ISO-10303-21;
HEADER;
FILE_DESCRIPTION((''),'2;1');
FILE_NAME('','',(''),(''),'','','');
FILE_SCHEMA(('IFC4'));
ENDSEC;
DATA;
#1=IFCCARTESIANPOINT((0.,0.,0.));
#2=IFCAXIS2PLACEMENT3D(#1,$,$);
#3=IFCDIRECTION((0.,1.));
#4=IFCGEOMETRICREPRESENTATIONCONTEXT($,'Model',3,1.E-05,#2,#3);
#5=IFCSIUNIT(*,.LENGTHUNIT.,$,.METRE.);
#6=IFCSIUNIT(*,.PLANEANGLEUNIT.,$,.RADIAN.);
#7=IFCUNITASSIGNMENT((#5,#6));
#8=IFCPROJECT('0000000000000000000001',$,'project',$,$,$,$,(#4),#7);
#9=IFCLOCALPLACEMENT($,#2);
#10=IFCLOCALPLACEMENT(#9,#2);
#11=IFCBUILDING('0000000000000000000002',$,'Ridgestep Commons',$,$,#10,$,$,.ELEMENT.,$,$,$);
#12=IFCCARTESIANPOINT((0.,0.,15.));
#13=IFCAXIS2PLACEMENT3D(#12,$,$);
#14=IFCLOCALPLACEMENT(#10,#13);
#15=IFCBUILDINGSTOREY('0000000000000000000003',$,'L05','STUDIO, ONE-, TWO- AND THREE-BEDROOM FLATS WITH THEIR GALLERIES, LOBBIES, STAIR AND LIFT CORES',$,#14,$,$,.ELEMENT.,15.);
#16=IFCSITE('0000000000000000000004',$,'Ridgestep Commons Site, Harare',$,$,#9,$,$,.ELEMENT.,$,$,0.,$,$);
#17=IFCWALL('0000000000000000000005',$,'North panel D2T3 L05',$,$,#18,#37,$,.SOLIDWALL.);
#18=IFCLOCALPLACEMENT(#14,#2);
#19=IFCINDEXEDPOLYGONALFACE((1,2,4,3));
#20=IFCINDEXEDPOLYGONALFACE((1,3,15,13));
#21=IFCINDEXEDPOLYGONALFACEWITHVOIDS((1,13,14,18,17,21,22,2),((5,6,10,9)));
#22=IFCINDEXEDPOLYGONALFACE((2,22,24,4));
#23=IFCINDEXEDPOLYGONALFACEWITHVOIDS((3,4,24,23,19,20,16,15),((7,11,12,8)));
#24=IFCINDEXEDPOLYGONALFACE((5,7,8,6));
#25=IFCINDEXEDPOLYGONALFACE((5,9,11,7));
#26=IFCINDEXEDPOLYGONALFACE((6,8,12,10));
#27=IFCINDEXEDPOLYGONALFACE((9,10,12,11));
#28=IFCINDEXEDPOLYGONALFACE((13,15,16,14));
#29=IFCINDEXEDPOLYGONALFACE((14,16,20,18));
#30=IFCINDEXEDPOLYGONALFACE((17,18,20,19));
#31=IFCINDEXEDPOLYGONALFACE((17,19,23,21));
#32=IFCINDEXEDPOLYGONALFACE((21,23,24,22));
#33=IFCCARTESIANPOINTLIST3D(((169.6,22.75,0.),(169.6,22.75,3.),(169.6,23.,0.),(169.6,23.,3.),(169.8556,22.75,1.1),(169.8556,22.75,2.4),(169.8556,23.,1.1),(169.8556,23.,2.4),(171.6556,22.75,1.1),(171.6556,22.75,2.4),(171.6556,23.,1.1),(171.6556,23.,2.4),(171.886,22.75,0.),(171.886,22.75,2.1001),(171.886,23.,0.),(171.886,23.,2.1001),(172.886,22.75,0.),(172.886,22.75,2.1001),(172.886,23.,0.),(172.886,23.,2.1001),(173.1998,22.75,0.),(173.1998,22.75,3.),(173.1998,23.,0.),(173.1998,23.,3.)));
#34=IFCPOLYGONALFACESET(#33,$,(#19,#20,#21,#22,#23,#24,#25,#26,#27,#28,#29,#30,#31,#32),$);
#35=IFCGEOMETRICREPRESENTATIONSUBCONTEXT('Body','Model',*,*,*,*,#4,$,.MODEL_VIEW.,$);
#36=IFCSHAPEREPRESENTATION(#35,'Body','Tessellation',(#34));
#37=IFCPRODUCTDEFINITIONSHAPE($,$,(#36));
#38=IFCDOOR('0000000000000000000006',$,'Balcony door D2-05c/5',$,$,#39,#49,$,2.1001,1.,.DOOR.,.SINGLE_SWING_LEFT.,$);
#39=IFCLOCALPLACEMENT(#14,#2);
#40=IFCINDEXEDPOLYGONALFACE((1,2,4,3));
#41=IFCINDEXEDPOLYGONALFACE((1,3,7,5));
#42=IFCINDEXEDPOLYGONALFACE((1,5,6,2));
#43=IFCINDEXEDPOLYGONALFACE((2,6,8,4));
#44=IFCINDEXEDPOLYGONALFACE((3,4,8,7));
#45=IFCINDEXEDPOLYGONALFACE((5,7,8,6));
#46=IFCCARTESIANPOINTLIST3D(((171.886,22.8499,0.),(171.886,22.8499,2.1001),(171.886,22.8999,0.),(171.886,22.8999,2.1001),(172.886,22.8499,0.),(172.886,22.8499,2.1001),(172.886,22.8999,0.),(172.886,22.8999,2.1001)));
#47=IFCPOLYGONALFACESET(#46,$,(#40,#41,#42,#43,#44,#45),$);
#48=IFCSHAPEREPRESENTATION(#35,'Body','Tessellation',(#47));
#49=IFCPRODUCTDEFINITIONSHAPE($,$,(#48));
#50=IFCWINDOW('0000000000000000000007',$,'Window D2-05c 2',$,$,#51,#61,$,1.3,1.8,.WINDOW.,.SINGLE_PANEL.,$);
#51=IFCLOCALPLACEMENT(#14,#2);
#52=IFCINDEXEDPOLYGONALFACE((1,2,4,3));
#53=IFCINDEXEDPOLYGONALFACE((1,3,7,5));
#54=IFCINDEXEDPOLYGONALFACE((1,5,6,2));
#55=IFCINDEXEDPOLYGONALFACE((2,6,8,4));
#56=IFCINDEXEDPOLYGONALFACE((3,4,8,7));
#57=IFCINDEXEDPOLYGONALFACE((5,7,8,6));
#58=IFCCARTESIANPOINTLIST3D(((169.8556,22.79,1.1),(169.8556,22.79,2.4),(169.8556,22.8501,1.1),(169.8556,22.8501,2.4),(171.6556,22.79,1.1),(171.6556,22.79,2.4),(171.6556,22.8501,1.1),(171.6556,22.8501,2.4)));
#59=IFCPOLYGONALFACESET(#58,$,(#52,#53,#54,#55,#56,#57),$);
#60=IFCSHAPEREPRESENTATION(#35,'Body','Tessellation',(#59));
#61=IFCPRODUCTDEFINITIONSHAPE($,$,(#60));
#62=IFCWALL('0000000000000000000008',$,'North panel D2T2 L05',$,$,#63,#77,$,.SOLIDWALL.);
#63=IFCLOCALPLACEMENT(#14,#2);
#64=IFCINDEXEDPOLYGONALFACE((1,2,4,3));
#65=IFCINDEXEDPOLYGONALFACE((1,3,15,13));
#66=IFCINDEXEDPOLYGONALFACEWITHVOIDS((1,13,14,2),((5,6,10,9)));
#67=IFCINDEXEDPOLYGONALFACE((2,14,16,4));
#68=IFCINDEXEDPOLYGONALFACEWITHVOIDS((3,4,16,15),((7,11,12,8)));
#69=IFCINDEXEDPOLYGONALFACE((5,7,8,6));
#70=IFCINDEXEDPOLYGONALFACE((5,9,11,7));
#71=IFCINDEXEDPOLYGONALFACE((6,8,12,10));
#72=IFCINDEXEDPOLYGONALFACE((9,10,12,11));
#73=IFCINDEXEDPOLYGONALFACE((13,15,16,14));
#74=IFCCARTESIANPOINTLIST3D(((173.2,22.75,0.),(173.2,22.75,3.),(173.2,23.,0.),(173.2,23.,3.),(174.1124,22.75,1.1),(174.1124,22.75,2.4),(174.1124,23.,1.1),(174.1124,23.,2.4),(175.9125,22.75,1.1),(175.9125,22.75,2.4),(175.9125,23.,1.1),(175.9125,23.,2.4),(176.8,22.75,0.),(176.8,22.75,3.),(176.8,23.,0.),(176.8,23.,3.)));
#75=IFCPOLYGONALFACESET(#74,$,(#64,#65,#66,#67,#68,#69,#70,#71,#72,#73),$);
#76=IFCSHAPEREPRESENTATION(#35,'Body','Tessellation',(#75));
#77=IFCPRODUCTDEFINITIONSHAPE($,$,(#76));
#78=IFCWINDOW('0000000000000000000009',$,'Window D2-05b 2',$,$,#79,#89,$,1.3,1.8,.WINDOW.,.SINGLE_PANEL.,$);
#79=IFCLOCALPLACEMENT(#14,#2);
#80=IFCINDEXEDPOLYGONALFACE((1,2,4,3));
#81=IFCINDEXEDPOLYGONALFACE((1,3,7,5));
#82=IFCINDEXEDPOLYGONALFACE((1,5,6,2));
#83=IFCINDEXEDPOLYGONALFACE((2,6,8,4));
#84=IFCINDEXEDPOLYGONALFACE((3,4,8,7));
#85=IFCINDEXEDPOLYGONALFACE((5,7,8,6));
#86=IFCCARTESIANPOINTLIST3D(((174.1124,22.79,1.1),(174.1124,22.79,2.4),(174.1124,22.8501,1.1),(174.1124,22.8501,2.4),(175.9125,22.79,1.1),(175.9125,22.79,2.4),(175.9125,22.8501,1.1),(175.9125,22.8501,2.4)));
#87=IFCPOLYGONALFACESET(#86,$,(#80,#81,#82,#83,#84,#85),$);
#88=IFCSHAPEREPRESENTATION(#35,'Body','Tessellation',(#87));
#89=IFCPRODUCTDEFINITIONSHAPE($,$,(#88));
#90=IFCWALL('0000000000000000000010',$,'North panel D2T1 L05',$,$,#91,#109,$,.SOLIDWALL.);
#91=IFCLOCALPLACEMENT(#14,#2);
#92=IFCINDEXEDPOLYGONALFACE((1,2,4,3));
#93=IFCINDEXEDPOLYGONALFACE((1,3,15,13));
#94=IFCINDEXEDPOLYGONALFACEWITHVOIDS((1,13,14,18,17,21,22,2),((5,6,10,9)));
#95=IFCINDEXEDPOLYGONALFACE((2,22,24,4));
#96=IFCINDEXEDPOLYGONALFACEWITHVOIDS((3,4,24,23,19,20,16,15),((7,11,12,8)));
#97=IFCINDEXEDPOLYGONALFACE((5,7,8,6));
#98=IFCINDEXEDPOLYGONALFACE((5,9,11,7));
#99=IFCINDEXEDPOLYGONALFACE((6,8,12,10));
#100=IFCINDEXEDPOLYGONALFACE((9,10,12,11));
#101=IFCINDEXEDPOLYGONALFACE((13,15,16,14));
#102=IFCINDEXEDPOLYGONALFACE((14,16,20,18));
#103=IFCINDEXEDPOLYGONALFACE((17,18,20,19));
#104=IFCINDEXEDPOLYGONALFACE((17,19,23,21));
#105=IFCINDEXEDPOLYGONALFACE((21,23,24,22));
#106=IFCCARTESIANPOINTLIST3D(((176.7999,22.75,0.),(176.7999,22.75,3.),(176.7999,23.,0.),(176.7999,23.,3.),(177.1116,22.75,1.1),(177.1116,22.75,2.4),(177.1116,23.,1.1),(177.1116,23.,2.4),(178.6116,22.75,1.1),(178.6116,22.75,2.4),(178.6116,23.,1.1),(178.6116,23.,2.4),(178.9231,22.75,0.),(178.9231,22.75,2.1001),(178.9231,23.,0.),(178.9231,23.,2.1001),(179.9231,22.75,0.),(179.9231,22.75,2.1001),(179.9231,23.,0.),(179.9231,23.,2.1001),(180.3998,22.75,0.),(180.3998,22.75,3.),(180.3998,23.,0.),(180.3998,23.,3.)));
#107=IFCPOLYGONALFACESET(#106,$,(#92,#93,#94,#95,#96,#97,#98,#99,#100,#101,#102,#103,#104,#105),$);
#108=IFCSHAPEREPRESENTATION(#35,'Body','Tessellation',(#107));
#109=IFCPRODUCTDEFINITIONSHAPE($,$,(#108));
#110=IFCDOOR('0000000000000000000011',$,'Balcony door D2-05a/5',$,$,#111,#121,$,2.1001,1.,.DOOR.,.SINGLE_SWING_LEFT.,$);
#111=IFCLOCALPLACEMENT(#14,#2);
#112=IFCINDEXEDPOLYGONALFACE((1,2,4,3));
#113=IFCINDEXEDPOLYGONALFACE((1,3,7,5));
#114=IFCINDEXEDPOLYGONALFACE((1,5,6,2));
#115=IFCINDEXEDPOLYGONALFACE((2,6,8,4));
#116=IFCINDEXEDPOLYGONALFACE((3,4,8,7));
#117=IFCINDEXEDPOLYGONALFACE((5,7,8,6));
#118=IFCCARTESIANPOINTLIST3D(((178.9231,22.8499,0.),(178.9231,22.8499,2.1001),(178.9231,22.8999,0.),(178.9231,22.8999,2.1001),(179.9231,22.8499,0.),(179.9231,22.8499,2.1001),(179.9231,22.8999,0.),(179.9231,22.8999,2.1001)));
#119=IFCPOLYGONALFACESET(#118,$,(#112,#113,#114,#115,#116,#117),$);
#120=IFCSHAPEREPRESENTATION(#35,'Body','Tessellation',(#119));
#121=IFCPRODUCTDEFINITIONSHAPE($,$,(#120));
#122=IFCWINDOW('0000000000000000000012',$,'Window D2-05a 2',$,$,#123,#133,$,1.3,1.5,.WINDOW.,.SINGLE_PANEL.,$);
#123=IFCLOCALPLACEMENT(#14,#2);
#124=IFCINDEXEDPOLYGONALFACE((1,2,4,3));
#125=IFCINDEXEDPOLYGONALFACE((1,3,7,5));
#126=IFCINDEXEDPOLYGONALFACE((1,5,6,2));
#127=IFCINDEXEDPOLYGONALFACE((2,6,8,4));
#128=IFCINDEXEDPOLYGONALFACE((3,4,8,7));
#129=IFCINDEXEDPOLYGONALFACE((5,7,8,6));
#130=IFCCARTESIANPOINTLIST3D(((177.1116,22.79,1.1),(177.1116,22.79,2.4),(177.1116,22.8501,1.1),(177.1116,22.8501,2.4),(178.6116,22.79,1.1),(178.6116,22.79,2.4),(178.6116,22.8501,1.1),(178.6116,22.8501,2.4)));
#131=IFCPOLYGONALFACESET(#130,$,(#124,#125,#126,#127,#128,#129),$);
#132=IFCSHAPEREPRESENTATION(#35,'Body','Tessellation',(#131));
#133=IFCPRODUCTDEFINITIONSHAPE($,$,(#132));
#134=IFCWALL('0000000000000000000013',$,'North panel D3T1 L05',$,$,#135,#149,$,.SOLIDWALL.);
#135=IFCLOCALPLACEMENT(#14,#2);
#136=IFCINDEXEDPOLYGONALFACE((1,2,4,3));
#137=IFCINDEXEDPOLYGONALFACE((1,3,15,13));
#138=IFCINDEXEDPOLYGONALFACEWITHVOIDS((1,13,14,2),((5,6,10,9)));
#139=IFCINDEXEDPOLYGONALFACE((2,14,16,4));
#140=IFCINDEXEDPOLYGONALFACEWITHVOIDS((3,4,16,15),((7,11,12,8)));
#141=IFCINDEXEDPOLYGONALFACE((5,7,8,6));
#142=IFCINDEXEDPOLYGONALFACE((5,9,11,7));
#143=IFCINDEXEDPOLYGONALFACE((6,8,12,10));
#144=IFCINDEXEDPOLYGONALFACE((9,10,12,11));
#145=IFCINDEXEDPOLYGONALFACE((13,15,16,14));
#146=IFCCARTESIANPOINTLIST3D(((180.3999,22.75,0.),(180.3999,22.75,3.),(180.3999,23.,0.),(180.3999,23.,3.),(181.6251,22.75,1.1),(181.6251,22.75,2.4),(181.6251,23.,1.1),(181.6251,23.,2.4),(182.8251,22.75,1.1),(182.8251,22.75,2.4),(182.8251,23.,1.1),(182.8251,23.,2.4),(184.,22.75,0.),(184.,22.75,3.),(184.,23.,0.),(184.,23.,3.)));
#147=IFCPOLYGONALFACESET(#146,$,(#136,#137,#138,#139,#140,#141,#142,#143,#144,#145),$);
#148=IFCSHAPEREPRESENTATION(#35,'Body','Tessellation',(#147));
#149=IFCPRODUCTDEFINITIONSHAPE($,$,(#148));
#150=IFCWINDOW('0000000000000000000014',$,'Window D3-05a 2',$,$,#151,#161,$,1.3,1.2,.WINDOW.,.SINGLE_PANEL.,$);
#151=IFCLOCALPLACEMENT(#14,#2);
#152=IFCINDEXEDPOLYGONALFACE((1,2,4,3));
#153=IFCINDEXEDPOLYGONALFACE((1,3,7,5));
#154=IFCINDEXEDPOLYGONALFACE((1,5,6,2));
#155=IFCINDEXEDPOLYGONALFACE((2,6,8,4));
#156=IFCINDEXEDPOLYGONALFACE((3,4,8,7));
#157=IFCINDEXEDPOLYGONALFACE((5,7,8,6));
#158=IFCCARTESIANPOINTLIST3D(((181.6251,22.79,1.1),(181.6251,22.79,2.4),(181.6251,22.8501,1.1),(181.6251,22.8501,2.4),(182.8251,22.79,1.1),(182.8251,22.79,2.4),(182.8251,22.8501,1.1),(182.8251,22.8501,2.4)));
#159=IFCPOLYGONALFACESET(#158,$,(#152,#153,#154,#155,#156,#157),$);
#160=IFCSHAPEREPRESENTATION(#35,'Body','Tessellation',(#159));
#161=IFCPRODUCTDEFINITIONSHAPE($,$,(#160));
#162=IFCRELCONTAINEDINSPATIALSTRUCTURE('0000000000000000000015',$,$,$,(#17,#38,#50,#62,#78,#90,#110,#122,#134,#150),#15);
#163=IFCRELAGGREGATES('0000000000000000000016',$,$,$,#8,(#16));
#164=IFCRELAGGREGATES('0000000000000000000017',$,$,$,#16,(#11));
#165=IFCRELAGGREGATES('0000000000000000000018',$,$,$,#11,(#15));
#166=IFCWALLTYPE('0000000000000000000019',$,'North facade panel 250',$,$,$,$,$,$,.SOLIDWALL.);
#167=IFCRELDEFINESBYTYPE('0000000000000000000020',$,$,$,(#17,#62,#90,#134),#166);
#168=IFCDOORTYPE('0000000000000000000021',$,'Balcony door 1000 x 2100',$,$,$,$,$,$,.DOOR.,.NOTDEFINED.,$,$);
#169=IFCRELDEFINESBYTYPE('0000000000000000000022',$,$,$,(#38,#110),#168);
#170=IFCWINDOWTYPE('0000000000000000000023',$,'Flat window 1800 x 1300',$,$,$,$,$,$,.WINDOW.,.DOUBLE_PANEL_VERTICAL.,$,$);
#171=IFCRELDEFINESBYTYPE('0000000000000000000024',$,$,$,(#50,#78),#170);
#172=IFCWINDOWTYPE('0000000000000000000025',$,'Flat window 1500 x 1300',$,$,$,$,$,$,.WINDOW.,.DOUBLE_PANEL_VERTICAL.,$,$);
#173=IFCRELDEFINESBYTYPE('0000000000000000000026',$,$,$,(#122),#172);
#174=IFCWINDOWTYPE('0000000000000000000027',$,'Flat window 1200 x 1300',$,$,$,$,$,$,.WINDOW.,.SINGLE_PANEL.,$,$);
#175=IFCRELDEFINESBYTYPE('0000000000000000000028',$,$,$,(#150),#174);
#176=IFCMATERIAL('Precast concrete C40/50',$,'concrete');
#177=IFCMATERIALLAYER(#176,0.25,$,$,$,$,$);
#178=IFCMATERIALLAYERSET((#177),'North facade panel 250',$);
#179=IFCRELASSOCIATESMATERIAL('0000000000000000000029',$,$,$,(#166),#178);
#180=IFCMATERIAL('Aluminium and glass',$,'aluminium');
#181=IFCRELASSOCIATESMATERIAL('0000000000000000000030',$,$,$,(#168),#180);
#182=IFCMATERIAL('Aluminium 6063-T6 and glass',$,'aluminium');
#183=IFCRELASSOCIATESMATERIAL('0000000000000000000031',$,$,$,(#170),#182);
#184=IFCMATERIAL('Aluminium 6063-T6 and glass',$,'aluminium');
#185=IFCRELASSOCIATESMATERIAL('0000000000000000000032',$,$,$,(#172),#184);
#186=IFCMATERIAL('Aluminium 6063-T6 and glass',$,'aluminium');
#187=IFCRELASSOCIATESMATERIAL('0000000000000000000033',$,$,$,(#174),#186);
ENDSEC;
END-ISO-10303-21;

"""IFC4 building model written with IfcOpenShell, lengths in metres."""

from ifc_helpers import new_model, si_unit, direction, frame, frame_2d, origin, place, context, subcontext, project, spatial, rectangle, extrude, material, layer, layer_set, type_object, element, fill, save


model = new_model("IFC4")

# Units and contexts
model_context = context("Model", 3, precision=1e-05, world=origin(), true_north=direction((0.0, 1.0)))
body_context = subcontext(model_context, "Body", "Model", "MODEL_VIEW")
ifc_project = project(units=[si_unit("LENGTHUNIT", "METRE"), si_unit("PLANEANGLEUNIT", "RADIAN")], contexts=[model_context])

# Site, building, storey
site_placement = place(None, origin())
site = spatial("IfcSite", under=ifc_project, at=site_placement, Name="Ridgestep Commons Site, Harare", CompositionType="ELEMENT", RefElevation=0.0)
building_placement = place(site_placement, origin())
building = spatial("IfcBuilding", under=site, at=building_placement, Name="Ridgestep Commons", CompositionType="ELEMENT")
storey_placement = place(building_placement, frame((0.0, 0.0, 15.0)))
storey = spatial("IfcBuildingStorey", under=building, at=storey_placement, Name="L05", Description="STUDIO, ONE-, TWO- AND THREE-BEDROOM FLATS WITH THEIR GALLERIES, LOBBIES, STAIR AND LIFT CORES", CompositionType="ELEMENT", Elevation=15.0)

# Shared definitions
ifc_material_1 = material(Name="Precast concrete C40/50", Category="concrete")
ifc_layer_1 = layer(ifc_material_1, 0.25)
ifc_layer_set_1 = layer_set([ifc_layer_1], Name="North facade panel 250")
wall_type = type_object("IfcWallType", Name="North facade panel 250", PredefinedType="SOLIDWALL", material=ifc_layer_set_1)

# Wall, openings, door, window
wall_1_placement = place(storey_placement, frame((169.6001, 22.875, 0.0), z_axis=(0.0, 0.0, 1.0), x_axis=(1.0, 0.0, 0.0)))
wall_1 = element("IfcWall", 1, at=wall_1_placement, inside=storey, type_object=wall_type, Name="North panel D2T3 L05", PredefinedType="SOLIDWALL", context=body_context, shape_type="SweptSolid", body=[
    extrude(rectangle(XDim=3.5999, YDim=0.25, at=frame_2d((1.7998, 0.0))), origin(), (0.0, 0.0, 1.0), 3.0),
])
opening_1_placement = place(wall_1_placement, frame((0.2556, 0.0, 1.1001)))
opening_1 = element("IfcOpeningElement", 2, at=opening_1_placement, cuts=wall_1, PredefinedType="OPENING", context=body_context, shape_type="SweptSolid", body=[
    extrude(rectangle(XDim=1.8, YDim=1.3, at=frame_2d((0.8999, 0.6499))), frame((0.0, 0.135, 0.0), z_axis=(0.0, -1.0, 0.0), x_axis=(1.0, 0.0, 0.0)), (0.0, 0.0, 1.0), 0.27),
])
opening_2_placement = place(wall_1_placement, frame((2.2859, 0.0, 0.0)))
opening_2 = element("IfcOpeningElement", 3, at=opening_2_placement, cuts=wall_1, PredefinedType="OPENING", context=body_context, shape_type="SweptSolid", body=[
    extrude(rectangle(XDim=1.0, YDim=2.1001, at=frame_2d((0.5, 1.05))), frame((0.0, 0.135, 0.0), z_axis=(0.0, -1.0, 0.0), x_axis=(1.0, 0.0, 0.0)), (0.0, 0.0, 1.0), 0.27),
])
ifc_material_2 = material(Name="Aluminium and glass", Category="aluminium")
door_type = type_object("IfcDoorType", Name="Balcony door 1000 x 2100", OperationType="NOTDEFINED", PredefinedType="DOOR", material=ifc_material_2)
door_1_placement = place(opening_2_placement, origin())
door_1 = element("IfcDoor", 4, at=door_1_placement, inside=storey, type_object=door_type, Name="Balcony door D2-05c/5", OperationType="SINGLE_SWING_LEFT", OverallHeight=2.1001, OverallWidth=1.0, PredefinedType="DOOR", context=body_context, shape_type="SweptSolid", body=[
    extrude(rectangle(XDim=1.0, YDim=2.1001, at=frame_2d((0.5, 1.05))), frame((0.0, 0.0249, 0.0), z_axis=(0.0, -1.0, 0.0), x_axis=(1.0, 0.0, 0.0)), (0.0, 0.0, 1.0), 0.05),
])
fill(opening_2, door_1)
ifc_material_3 = material(Name="Aluminium 6063-T6 and glass", Category="aluminium")
window_type_1 = type_object("IfcWindowType", Name="Flat window 1800 x 1300", PartitioningType="DOUBLE_PANEL_VERTICAL", PredefinedType="WINDOW", material=ifc_material_3)
window_1_placement = place(opening_1_placement, origin())
window_1 = element("IfcWindow", 5, at=window_1_placement, inside=storey, type_object=window_type_1, Name="Window D2-05c 2", OverallHeight=1.3, OverallWidth=1.8, PartitioningType="SINGLE_PANEL", PredefinedType="WINDOW", context=body_context, shape_type="SweptSolid", body=[
    extrude(rectangle(XDim=1.8, YDim=1.3, at=frame_2d((0.8999, 0.6499))), frame((0.0, -0.0249, 0.0), z_axis=(0.0, -1.0, 0.0), x_axis=(1.0, 0.0, 0.0)), (0.0, 0.0, 1.0), 0.0601),
])
fill(opening_1, window_1)

# Wall, opening, window
wall_2_placement = place(storey_placement, frame((173.2, 22.875, 0.0), z_axis=(0.0, 0.0, 1.0), x_axis=(1.0, 0.0, 0.0)))
wall_2 = element("IfcWall", 6, at=wall_2_placement, inside=storey, type_object=wall_type, Name="North panel D2T2 L05", PredefinedType="SOLIDWALL", context=body_context, shape_type="SweptSolid", body=[
    extrude(rectangle(XDim=3.6001, YDim=0.25, at=frame_2d((1.8, 0.0))), origin(), (0.0, 0.0, 1.0), 3.0),
])
opening_3_placement = place(wall_2_placement, frame((0.9126, 0.0, 1.1001)))
opening_3 = element("IfcOpeningElement", 7, at=opening_3_placement, cuts=wall_2, PredefinedType="OPENING", context=body_context, shape_type="SweptSolid", body=[
    extrude(rectangle(XDim=1.8, YDim=1.3, at=frame_2d((0.8999, 0.6499))), frame((0.0, 0.135, 0.0), z_axis=(0.0, -1.0, 0.0), x_axis=(1.0, 0.0, 0.0)), (0.0, 0.0, 1.0), 0.27),
])
window_2_placement = place(opening_3_placement, origin())
window_2 = element("IfcWindow", 8, at=window_2_placement, inside=storey, type_object=window_type_1, Name="Window D2-05b 2", OverallHeight=1.3, OverallWidth=1.8, PartitioningType="SINGLE_PANEL", PredefinedType="WINDOW", context=body_context, shape_type="SweptSolid", body=[
    extrude(rectangle(XDim=1.8, YDim=1.3, at=frame_2d((0.8999, 0.6499))), frame((0.0, -0.0249, 0.0), z_axis=(0.0, -1.0, 0.0), x_axis=(1.0, 0.0, 0.0)), (0.0, 0.0, 1.0), 0.0601),
])
fill(opening_3, window_2)

# Wall, openings, door, window
wall_3_placement = place(storey_placement, frame((176.8, 22.875, 0.0), z_axis=(0.0, 0.0, 1.0), x_axis=(1.0, 0.0, 0.0)))
wall_3 = element("IfcWall", 9, at=wall_3_placement, inside=storey, type_object=wall_type, Name="North panel D2T1 L05", PredefinedType="SOLIDWALL", context=body_context, shape_type="SweptSolid", body=[
    extrude(rectangle(XDim=3.5999, YDim=0.25, at=frame_2d((1.7998, 0.0))), origin(), (0.0, 0.0, 1.0), 3.0),
])
opening_4_placement = place(wall_3_placement, frame((0.3115, 0.0, 1.1001)))
opening_4 = element("IfcOpeningElement", 10, at=opening_4_placement, cuts=wall_3, PredefinedType="OPENING", context=body_context, shape_type="SweptSolid", body=[
    extrude(rectangle(XDim=1.5, YDim=1.3, at=frame_2d((0.75, 0.6499))), frame((0.0, 0.135, 0.0), z_axis=(0.0, -1.0, 0.0), x_axis=(1.0, 0.0, 0.0)), (0.0, 0.0, 1.0), 0.27),
])
opening_5_placement = place(wall_3_placement, frame((2.123, 0.0, 0.0)))
opening_5 = element("IfcOpeningElement", 11, at=opening_5_placement, cuts=wall_3, PredefinedType="OPENING", context=body_context, shape_type="SweptSolid", body=[
    extrude(rectangle(XDim=1.0, YDim=2.1001, at=frame_2d((0.5, 1.05))), frame((0.0, 0.135, 0.0), z_axis=(0.0, -1.0, 0.0), x_axis=(1.0, 0.0, 0.0)), (0.0, 0.0, 1.0), 0.27),
])
door_2_placement = place(opening_5_placement, origin())
door_2 = element("IfcDoor", 12, at=door_2_placement, inside=storey, type_object=door_type, Name="Balcony door D2-05a/5", OperationType="SINGLE_SWING_LEFT", OverallHeight=2.1001, OverallWidth=1.0, PredefinedType="DOOR", context=body_context, shape_type="SweptSolid", body=[
    extrude(rectangle(XDim=1.0, YDim=2.1001, at=frame_2d((0.5, 1.05))), frame((0.0, 0.0249, 0.0), z_axis=(0.0, -1.0, 0.0), x_axis=(1.0, 0.0, 0.0)), (0.0, 0.0, 1.0), 0.05),
])
fill(opening_5, door_2)
ifc_material_4 = material(Name="Aluminium 6063-T6 and glass", Category="aluminium")
window_type_2 = type_object("IfcWindowType", Name="Flat window 1500 x 1300", PartitioningType="DOUBLE_PANEL_VERTICAL", PredefinedType="WINDOW", material=ifc_material_4)
window_3_placement = place(opening_4_placement, origin())
window_3 = element("IfcWindow", 13, at=window_3_placement, inside=storey, type_object=window_type_2, Name="Window D2-05a 2", OverallHeight=1.3, OverallWidth=1.5, PartitioningType="SINGLE_PANEL", PredefinedType="WINDOW", context=body_context, shape_type="SweptSolid", body=[
    extrude(rectangle(XDim=1.5, YDim=1.3, at=frame_2d((0.75, 0.6499))), frame((0.0, -0.0249, 0.0), z_axis=(0.0, -1.0, 0.0), x_axis=(1.0, 0.0, 0.0)), (0.0, 0.0, 1.0), 0.0601),
])
fill(opening_4, window_3)

# Wall, opening, window
wall_4_placement = place(storey_placement, frame((180.3999, 22.875, 0.0), z_axis=(0.0, 0.0, 1.0), x_axis=(1.0, 0.0, 0.0)))
wall_4 = element("IfcWall", 14, at=wall_4_placement, inside=storey, type_object=wall_type, Name="North panel D3T1 L05", PredefinedType="SOLIDWALL", context=body_context, shape_type="SweptSolid", body=[
    extrude(rectangle(XDim=3.6001, YDim=0.25, at=frame_2d((1.8, 0.0))), origin(), (0.0, 0.0, 1.0), 3.0),
])
opening_6_placement = place(wall_4_placement, frame((1.2251, 0.0, 1.1001)))
opening_6 = element("IfcOpeningElement", 15, at=opening_6_placement, cuts=wall_4, PredefinedType="OPENING", context=body_context, shape_type="SweptSolid", body=[
    extrude(rectangle(XDim=1.2, YDim=1.3, at=frame_2d((0.6001, 0.6499))), frame((0.0, 0.135, 0.0), z_axis=(0.0, -1.0, 0.0), x_axis=(1.0, 0.0, 0.0)), (0.0, 0.0, 1.0), 0.27),
])
ifc_material_5 = material(Name="Aluminium 6063-T6 and glass", Category="aluminium")
window_type_3 = type_object("IfcWindowType", Name="Flat window 1200 x 1300", PartitioningType="SINGLE_PANEL", PredefinedType="WINDOW", material=ifc_material_5)
window_4_placement = place(opening_6_placement, origin())
window_4 = element("IfcWindow", 16, at=window_4_placement, inside=storey, type_object=window_type_3, Name="Window D3-05a 2", OverallHeight=1.3, OverallWidth=1.2, PartitioningType="SINGLE_PANEL", PredefinedType="WINDOW", context=body_context, shape_type="SweptSolid", body=[
    extrude(rectangle(XDim=1.2, YDim=1.3, at=frame_2d((0.6001, 0.6499))), frame((0.0, -0.0249, 0.0), z_axis=(0.0, -1.0, 0.0), x_axis=(1.0, 0.0, 0.0)), (0.0, 0.0, 1.0), 0.0601),
])
fill(opening_6, window_4)

save(model, "model.ifc")
